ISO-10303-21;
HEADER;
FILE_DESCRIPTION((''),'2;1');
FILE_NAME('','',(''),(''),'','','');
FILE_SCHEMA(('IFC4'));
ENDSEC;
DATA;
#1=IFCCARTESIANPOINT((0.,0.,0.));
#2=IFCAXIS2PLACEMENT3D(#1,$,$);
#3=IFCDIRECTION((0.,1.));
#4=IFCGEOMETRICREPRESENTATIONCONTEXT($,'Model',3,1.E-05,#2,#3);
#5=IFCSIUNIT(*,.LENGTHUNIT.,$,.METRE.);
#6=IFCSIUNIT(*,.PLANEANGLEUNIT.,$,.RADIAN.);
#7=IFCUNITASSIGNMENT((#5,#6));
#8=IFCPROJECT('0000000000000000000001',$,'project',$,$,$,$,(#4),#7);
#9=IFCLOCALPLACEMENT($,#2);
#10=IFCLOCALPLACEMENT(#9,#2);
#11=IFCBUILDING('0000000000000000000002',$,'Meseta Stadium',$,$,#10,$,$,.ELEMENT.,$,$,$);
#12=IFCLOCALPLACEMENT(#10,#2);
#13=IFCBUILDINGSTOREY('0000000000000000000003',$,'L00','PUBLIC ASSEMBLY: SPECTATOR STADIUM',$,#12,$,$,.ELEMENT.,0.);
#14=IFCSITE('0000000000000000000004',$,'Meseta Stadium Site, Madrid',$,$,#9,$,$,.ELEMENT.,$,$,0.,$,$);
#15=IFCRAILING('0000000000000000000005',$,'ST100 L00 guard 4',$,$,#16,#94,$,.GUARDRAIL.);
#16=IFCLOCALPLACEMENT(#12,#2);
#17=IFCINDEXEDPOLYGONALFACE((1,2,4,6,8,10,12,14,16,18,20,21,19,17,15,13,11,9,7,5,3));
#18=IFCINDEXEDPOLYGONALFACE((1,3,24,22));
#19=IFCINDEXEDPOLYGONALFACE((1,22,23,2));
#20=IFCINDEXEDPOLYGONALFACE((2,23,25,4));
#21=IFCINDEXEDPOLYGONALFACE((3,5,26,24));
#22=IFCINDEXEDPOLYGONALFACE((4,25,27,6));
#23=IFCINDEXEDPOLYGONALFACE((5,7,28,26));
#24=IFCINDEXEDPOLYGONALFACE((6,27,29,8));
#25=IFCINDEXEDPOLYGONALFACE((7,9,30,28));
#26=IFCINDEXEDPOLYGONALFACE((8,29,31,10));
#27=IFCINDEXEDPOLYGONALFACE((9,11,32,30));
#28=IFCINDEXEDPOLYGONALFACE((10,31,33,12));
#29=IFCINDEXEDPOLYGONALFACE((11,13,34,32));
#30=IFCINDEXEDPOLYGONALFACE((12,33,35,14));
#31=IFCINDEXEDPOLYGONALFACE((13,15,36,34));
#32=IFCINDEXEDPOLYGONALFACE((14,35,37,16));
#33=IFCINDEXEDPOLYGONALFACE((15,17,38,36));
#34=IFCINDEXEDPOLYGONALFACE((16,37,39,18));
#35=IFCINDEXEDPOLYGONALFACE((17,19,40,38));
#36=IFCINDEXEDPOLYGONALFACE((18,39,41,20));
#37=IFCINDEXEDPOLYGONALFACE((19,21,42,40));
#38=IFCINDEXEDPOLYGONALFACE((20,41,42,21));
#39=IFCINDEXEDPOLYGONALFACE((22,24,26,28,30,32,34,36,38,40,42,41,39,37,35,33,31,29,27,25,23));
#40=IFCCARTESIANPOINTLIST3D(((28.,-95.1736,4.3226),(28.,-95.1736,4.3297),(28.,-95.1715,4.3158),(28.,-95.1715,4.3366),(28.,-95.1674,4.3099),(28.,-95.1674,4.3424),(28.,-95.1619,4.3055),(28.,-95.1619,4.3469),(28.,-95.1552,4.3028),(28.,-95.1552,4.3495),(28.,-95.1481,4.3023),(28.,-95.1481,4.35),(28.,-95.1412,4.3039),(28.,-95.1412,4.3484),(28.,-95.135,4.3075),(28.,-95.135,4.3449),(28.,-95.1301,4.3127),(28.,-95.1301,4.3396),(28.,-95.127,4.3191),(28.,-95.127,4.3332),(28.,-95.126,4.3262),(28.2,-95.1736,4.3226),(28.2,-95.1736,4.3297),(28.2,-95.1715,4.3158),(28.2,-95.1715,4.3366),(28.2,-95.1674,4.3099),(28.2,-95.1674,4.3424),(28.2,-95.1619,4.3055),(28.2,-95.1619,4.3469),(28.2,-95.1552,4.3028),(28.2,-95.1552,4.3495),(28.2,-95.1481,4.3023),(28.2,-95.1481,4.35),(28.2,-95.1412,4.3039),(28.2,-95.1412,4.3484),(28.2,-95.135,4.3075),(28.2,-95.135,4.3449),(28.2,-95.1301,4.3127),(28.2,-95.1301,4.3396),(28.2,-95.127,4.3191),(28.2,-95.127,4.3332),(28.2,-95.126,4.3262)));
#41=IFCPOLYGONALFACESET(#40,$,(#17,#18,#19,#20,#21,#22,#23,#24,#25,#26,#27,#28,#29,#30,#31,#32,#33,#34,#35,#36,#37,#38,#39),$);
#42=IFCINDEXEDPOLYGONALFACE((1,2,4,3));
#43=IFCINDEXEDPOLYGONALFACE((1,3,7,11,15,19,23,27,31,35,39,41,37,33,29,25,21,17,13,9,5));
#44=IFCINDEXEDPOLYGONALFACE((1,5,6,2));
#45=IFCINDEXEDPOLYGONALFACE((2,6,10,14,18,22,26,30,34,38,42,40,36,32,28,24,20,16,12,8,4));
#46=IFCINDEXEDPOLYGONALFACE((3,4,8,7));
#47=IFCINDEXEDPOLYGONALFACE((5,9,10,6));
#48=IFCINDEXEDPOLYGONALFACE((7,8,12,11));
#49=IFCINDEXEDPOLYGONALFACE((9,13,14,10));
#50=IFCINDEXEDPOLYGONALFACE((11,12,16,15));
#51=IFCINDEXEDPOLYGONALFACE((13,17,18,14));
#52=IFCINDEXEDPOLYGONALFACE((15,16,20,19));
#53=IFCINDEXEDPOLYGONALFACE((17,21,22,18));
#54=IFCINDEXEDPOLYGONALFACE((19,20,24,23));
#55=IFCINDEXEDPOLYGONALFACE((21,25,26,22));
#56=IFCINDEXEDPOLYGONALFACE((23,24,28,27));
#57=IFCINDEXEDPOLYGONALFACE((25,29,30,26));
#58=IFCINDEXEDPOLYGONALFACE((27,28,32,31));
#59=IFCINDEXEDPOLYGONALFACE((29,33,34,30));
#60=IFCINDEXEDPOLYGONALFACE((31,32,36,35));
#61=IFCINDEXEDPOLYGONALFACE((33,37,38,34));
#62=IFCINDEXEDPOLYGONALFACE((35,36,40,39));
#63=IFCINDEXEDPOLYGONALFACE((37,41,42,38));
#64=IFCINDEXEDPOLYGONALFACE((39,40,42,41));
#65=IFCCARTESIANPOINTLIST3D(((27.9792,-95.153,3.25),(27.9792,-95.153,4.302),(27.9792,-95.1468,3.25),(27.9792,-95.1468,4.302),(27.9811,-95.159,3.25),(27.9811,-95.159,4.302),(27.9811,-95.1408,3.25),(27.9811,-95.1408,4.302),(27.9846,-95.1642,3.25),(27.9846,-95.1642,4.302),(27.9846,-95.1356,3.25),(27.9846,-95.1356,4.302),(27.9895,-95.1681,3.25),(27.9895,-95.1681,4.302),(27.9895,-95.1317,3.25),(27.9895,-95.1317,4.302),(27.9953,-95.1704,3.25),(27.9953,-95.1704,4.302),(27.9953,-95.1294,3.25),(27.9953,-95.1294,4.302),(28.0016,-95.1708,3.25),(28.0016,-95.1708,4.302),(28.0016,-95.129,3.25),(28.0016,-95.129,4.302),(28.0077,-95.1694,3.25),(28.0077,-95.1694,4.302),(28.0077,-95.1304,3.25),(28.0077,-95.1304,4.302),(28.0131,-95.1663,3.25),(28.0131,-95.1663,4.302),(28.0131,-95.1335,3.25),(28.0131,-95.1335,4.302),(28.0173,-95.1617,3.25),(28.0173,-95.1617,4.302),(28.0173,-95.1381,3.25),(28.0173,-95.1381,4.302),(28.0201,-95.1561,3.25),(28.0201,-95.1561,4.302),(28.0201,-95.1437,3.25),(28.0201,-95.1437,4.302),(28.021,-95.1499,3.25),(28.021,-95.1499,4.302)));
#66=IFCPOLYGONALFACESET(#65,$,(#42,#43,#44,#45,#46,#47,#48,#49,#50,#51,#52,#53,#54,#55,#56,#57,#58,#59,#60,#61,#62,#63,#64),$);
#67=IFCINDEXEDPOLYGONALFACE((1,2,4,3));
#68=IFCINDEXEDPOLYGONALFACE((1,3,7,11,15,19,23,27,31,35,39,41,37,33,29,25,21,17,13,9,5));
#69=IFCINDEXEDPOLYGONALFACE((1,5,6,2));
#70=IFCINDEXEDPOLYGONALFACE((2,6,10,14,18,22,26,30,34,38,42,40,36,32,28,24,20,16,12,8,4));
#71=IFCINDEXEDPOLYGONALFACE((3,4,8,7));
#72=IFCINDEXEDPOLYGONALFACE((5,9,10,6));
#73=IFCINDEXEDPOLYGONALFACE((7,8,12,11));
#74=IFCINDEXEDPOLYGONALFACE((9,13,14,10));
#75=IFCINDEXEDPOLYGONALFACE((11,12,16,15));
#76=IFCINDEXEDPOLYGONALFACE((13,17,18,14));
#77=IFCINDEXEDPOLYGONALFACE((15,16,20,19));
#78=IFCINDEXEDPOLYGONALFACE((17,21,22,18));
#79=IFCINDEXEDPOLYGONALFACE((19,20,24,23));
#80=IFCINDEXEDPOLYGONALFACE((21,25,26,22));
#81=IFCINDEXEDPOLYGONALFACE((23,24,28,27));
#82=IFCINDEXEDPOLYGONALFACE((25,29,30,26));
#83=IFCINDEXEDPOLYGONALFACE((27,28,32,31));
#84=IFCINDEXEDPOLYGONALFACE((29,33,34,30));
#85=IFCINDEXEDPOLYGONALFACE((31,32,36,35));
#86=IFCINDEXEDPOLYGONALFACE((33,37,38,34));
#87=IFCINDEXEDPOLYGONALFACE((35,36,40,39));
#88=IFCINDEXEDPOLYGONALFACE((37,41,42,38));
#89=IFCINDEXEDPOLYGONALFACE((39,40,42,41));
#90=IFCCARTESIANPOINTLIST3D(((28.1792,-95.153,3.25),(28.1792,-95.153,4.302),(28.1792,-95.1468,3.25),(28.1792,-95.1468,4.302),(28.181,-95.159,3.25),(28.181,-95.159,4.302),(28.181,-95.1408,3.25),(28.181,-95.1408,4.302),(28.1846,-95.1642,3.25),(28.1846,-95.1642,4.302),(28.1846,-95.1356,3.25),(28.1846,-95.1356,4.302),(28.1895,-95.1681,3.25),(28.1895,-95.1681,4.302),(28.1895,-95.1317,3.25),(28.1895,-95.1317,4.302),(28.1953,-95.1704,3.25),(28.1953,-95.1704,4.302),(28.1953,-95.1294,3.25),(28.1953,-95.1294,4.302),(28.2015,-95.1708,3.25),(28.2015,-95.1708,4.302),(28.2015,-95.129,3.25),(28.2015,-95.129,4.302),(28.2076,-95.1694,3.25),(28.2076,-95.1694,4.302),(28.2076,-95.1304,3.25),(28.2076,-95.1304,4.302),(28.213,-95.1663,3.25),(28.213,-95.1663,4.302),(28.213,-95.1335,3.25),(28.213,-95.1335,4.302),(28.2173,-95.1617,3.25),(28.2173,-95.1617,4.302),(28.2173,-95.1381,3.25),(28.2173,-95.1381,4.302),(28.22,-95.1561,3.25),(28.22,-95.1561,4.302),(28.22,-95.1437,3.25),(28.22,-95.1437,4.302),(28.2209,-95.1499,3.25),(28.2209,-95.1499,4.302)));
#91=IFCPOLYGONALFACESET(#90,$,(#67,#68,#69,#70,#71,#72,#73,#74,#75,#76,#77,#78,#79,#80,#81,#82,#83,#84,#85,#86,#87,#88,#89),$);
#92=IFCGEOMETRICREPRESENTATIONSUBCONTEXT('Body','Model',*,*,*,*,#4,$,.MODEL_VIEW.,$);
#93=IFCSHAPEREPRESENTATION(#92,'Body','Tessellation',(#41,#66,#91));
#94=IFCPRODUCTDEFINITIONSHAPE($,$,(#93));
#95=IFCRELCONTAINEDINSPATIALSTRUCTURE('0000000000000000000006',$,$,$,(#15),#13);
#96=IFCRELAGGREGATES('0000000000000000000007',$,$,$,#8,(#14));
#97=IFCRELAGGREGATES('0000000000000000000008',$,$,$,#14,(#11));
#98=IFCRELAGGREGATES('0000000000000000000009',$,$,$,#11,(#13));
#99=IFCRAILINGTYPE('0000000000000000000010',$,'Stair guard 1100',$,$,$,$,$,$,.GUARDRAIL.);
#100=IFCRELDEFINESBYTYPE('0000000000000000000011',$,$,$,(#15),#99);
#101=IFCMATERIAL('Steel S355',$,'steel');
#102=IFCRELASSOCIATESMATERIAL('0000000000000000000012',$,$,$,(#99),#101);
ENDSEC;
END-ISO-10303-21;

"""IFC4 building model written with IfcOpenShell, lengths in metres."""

from ifc_helpers import new_model, si_unit, direction, frame, origin, origin_2d, place, context, subcontext, project, spatial, circle, extrude, material, type_object, element, save


model = new_model("IFC4")

# Units and contexts
model_context = context("Model", 3, precision=1e-05, world=origin(), true_north=direction((0.0, 1.0)))
body_context = subcontext(model_context, "Body", "Model", "MODEL_VIEW")
ifc_project = project(units=[si_unit("LENGTHUNIT", "METRE"), si_unit("PLANEANGLEUNIT", "RADIAN")], contexts=[model_context])

# Site, building, storey
site_placement = place(None, origin())
site = spatial("IfcSite", under=ifc_project, at=site_placement, Name="Meseta Stadium Site, Madrid", CompositionType="ELEMENT", RefElevation=0.0)
building_placement = place(site_placement, origin())
building = spatial("IfcBuilding", under=site, at=building_placement, Name="Meseta Stadium", CompositionType="ELEMENT")
storey_placement = place(building_placement, origin())
storey = spatial("IfcBuildingStorey", under=building, at=storey_placement, Name="L00", Description="PUBLIC ASSEMBLY: SPECTATOR STADIUM", CompositionType="ELEMENT", Elevation=0.0)

# Railing
ifc_material_1 = material(Name="Steel S355", Category="steel")
railing_type_1 = type_object("IfcRailingType", Name="Stair guard 1100", PredefinedType="GUARDRAIL", material=ifc_material_1)
railing_1_placement = place(storey_placement, frame((28.0, -95.1499, 3.25)))
element("IfcRailing", 1, at=railing_1_placement, inside=storey, type_object=railing_type_1, Name="ST100 L00 guard 4", PredefinedType="GUARDRAIL", context=body_context, shape_type="SweptSolid", body=[
    extrude(circle(Radius=0.0239, at=origin_2d()), frame((0.0, 0.0, 1.0762), z_axis=(1.0, 0.0, 0.0), x_axis=(0.0, 1.0, 0.0)), (0.0, 0.0, 1.0), 0.2),
    extrude(circle(Radius=0.021, at=origin_2d()), origin(), (0.0, 0.0, 1.0), 1.052),
    extrude(circle(Radius=0.021, at=origin_2d()), frame((0.2, 0.0, 0.0)), (0.0, 0.0, 1.0), 1.052),
])

save(model, "model.ifc")
